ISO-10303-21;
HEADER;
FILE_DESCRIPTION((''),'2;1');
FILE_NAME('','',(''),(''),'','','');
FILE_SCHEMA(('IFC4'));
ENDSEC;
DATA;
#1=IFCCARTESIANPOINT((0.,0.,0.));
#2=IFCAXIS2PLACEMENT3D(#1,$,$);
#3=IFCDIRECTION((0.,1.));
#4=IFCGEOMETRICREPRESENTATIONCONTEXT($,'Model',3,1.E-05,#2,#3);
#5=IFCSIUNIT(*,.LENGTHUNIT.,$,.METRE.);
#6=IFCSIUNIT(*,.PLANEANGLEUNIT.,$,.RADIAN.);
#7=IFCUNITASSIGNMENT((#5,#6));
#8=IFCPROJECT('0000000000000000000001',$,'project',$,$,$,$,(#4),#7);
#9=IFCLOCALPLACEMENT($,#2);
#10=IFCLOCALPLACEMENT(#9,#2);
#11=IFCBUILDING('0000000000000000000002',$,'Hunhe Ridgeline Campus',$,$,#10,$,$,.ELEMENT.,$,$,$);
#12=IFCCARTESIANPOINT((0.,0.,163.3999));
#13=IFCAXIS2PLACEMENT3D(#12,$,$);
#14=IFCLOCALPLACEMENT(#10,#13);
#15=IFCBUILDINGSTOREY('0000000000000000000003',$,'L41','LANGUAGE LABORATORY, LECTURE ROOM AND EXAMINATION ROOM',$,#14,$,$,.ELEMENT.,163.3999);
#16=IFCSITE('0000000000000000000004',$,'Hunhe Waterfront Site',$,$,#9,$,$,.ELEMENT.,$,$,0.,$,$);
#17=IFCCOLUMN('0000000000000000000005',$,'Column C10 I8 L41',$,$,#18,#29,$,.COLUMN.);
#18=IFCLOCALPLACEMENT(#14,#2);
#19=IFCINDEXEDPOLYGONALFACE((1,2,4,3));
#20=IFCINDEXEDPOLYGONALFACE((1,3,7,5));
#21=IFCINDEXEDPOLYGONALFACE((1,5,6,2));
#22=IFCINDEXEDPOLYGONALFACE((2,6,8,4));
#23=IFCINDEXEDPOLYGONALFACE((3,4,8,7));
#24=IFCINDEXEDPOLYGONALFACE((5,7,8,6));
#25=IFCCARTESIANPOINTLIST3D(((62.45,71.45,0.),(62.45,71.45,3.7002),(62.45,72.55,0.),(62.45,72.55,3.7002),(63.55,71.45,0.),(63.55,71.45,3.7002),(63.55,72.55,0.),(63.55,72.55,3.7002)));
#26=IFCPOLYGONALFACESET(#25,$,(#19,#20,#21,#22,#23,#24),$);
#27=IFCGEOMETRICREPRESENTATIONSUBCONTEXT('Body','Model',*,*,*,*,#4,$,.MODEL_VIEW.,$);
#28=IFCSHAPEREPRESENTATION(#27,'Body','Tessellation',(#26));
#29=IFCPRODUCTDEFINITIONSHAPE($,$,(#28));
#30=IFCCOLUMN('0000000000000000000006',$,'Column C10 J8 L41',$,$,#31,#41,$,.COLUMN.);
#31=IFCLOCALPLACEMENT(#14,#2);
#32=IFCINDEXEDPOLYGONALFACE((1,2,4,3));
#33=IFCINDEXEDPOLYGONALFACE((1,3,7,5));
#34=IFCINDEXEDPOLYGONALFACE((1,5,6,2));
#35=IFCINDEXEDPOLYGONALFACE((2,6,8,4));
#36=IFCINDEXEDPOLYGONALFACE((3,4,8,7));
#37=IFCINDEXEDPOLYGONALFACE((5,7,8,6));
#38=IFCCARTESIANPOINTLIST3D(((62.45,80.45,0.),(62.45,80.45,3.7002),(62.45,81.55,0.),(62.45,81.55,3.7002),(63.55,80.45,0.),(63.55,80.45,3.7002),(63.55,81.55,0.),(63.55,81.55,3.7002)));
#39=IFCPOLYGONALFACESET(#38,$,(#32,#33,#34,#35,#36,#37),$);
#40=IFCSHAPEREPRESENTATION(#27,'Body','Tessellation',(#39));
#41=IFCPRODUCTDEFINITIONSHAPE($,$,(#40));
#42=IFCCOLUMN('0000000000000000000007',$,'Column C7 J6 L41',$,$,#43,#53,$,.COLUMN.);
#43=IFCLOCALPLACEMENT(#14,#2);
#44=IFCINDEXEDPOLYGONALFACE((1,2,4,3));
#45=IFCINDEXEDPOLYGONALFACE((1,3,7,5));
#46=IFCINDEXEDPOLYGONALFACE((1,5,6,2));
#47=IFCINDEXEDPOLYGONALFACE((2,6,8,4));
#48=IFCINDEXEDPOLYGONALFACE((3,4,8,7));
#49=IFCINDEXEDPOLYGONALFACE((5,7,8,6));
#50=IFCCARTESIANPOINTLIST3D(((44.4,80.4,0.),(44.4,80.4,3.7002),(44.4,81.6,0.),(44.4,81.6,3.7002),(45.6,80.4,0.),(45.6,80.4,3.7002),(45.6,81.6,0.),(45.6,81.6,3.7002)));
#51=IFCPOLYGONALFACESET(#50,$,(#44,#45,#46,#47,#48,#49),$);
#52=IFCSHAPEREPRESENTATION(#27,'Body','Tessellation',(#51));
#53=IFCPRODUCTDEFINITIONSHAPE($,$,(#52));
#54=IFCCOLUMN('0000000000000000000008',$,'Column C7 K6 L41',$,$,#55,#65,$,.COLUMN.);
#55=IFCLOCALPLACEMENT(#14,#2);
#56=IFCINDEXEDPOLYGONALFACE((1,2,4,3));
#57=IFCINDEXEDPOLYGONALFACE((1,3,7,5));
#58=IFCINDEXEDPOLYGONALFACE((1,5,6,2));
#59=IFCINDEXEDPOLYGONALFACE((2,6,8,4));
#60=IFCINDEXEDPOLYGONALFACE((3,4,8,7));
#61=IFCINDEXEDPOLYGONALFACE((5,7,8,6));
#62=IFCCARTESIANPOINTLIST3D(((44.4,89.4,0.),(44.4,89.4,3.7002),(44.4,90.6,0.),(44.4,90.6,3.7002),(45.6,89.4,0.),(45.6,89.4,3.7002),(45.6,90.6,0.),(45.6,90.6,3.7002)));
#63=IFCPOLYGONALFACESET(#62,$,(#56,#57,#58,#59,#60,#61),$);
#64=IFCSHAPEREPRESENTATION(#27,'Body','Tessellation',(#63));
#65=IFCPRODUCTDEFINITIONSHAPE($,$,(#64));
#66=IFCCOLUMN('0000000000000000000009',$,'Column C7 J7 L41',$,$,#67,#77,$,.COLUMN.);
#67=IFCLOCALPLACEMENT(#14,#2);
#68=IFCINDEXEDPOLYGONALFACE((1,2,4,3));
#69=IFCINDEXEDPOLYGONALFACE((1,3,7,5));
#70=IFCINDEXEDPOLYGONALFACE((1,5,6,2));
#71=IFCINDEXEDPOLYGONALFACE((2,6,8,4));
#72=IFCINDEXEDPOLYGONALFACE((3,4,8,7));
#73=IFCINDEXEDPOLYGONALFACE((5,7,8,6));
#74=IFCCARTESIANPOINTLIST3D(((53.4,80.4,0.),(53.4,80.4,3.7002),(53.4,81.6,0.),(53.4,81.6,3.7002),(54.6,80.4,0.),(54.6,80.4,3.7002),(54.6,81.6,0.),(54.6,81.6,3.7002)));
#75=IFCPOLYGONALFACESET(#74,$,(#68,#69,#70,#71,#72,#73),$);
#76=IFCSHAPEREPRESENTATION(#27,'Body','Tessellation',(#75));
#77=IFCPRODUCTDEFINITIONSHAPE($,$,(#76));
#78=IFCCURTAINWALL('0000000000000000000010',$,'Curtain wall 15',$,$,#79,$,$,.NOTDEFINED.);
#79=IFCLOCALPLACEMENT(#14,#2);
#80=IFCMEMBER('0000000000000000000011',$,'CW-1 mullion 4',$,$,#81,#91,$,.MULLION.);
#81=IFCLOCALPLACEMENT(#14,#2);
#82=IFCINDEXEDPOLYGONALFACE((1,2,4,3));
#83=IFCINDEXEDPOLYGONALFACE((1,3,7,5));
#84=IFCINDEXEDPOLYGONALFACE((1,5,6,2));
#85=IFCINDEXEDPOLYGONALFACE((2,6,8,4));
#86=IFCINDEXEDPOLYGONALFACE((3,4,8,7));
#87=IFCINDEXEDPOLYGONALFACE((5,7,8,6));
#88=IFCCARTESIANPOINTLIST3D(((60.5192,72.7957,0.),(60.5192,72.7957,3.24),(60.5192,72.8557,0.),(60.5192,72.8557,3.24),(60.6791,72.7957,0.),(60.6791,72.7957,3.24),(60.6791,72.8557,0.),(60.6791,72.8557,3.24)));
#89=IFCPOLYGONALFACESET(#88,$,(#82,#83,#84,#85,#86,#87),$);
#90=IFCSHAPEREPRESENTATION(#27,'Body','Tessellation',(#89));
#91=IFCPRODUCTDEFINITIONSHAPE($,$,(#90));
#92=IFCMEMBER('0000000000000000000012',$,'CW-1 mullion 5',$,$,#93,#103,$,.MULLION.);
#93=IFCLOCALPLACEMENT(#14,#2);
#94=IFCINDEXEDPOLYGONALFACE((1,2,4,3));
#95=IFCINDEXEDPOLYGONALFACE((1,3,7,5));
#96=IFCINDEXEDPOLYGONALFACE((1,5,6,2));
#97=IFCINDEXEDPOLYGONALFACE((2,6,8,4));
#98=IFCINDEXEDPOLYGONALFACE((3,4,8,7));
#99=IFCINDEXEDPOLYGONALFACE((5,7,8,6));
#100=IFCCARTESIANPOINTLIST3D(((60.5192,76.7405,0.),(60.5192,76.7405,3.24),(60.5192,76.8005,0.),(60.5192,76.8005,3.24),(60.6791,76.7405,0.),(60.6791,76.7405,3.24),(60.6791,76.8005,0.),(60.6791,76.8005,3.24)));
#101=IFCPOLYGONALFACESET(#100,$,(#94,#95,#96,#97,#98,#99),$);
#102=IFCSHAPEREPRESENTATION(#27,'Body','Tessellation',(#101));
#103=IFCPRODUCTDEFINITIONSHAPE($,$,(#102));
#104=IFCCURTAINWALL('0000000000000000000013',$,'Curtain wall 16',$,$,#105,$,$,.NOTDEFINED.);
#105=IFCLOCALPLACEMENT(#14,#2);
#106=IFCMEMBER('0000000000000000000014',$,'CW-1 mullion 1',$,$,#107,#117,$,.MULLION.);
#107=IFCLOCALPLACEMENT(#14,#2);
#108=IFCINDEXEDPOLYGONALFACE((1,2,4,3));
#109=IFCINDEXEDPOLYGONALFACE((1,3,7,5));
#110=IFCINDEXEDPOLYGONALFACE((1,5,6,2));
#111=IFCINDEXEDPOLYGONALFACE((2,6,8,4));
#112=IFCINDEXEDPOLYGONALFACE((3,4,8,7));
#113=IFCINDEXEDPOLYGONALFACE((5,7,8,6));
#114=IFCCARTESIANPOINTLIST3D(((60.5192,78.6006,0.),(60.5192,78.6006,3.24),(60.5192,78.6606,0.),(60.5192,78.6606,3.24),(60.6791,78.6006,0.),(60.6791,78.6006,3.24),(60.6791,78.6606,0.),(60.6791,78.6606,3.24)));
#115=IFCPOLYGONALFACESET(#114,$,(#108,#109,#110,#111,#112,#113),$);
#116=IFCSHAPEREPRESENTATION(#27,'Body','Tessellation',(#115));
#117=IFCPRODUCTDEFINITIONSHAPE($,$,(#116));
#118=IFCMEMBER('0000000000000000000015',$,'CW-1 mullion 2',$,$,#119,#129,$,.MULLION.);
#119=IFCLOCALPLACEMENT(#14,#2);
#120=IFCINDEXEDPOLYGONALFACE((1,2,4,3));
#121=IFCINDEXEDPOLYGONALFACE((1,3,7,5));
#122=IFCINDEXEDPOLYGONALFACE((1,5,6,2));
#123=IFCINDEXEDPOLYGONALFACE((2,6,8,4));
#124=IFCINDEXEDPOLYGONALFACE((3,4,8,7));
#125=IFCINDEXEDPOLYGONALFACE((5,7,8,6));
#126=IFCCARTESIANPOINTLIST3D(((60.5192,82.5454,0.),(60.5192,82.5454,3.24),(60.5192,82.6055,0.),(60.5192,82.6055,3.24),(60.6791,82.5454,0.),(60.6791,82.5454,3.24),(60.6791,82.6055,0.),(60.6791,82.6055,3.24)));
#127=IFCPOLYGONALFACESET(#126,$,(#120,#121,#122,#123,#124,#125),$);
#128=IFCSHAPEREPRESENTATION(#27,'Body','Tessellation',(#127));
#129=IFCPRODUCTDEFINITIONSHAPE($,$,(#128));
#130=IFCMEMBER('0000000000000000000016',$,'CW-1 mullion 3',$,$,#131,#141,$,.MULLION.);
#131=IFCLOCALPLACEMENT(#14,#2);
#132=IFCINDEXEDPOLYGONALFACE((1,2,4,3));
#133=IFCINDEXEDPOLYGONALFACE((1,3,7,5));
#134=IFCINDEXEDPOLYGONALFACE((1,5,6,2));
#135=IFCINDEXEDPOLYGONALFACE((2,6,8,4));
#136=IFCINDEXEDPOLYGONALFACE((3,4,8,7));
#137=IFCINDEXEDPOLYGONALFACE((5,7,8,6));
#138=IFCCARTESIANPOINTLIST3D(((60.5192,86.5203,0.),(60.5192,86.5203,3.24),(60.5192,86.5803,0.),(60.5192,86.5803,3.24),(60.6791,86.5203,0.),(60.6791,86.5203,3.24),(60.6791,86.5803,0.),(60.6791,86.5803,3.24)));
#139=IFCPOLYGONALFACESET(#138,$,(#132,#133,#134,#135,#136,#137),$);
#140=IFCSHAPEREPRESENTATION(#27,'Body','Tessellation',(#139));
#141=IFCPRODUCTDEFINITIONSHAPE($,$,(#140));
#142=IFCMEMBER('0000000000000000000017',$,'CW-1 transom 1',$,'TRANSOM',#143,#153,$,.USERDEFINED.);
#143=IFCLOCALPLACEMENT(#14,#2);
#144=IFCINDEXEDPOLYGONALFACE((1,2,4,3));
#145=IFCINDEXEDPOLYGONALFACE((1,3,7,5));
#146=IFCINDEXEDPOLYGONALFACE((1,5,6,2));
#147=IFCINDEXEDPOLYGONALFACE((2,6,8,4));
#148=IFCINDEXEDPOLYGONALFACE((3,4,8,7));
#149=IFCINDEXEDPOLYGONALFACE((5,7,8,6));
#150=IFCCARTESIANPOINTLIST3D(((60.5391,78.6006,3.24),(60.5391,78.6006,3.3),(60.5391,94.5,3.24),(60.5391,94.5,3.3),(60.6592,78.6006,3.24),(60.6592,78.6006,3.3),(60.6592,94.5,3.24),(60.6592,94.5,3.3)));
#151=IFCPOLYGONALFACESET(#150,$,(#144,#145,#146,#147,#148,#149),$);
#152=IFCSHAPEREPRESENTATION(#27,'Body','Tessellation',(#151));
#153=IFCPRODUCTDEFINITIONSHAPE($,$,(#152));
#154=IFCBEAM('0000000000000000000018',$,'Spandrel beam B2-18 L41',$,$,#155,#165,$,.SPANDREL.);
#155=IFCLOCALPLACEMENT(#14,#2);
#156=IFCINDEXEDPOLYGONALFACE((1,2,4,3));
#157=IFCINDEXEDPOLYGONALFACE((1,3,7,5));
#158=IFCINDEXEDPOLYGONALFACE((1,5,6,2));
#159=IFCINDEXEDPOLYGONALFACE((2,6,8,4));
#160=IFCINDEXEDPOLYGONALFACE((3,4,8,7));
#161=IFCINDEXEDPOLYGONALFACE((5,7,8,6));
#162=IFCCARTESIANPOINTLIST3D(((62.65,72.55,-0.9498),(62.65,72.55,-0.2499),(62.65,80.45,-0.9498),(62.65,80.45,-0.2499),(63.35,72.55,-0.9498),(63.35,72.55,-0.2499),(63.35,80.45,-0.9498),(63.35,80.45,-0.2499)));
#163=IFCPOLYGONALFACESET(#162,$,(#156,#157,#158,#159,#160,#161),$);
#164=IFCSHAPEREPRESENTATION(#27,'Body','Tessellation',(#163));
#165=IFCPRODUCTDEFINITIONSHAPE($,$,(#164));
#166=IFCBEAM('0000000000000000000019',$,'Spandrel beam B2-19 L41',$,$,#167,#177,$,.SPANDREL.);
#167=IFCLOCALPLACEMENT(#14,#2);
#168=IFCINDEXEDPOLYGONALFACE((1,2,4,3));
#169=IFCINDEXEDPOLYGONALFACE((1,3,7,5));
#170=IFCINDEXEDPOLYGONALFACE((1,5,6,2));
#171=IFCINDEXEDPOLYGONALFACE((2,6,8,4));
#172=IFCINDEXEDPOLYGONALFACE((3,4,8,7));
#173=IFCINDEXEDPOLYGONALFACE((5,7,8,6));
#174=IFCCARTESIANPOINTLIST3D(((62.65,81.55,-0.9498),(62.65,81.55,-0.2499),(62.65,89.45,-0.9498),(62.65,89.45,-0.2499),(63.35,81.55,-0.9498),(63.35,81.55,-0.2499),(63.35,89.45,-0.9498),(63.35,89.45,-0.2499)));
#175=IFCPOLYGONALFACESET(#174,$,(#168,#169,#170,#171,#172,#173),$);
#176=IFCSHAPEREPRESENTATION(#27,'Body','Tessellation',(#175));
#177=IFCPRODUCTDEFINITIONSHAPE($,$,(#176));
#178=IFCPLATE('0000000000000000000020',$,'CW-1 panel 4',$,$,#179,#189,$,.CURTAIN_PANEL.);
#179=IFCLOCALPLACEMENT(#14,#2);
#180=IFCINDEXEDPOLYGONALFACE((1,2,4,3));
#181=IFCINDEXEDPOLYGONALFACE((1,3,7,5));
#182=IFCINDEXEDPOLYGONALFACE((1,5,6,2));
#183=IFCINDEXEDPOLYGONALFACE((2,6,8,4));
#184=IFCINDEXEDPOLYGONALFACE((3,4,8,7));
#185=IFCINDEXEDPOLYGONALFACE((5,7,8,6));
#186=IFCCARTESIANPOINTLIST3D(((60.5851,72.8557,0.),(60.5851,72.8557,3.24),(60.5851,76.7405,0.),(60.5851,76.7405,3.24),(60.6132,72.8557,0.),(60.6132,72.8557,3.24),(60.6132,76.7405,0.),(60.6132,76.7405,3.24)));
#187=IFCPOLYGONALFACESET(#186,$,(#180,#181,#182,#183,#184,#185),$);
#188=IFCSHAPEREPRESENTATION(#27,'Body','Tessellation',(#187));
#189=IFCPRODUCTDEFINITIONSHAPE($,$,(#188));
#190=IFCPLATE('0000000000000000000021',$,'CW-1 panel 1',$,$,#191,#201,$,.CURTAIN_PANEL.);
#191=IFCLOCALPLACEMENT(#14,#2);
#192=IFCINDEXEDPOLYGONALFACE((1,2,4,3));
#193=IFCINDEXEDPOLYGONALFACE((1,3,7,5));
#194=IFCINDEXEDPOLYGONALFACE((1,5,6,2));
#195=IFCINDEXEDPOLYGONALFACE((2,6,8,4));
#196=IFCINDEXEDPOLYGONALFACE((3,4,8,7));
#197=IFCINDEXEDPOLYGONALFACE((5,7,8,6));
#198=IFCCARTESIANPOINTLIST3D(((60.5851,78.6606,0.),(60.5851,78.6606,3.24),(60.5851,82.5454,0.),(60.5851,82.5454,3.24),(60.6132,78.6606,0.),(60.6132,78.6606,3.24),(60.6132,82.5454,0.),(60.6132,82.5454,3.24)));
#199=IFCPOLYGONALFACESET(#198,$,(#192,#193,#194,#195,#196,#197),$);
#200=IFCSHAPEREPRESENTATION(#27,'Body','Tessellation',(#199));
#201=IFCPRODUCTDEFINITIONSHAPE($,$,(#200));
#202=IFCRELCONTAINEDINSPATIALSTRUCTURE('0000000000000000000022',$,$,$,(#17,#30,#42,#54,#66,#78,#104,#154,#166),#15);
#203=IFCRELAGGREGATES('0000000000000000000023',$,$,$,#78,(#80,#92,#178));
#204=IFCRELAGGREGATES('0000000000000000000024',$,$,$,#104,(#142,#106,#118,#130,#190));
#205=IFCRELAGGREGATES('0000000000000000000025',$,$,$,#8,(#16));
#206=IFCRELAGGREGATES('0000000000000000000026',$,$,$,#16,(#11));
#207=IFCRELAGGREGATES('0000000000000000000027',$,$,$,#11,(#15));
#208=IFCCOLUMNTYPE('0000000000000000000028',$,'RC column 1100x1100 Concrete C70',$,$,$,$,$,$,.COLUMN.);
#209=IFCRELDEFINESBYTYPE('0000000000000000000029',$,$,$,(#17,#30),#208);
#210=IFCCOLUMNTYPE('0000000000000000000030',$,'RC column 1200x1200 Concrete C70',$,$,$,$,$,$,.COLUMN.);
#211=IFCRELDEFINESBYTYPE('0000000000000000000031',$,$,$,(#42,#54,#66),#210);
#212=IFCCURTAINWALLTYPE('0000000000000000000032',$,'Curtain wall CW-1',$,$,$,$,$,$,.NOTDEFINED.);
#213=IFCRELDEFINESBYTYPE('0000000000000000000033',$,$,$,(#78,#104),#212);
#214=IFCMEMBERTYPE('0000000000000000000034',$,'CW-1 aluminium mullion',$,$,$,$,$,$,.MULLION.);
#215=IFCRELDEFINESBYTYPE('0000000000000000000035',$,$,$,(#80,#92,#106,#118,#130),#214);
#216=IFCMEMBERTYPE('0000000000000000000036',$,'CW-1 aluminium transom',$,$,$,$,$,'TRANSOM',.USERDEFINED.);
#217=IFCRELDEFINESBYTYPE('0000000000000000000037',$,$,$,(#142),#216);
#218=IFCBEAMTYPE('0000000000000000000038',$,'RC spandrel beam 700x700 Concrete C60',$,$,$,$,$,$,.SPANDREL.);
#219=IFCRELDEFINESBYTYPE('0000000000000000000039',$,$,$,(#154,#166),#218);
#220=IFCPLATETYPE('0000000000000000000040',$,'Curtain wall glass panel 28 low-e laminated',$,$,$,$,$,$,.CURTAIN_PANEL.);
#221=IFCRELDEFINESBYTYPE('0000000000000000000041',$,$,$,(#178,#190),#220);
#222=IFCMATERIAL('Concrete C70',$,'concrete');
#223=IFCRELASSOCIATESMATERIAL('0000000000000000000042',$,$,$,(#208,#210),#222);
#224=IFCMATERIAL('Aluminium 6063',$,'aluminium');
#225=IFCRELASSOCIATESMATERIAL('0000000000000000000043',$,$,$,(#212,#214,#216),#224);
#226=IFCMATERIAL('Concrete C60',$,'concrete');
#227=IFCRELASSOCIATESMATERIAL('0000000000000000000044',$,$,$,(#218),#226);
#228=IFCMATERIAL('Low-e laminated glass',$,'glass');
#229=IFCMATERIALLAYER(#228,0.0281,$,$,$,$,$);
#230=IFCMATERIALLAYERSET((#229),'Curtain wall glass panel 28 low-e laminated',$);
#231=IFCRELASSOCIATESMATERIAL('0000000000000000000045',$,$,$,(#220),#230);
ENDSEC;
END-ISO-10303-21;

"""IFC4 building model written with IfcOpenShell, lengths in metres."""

from ifc_helpers import new_model, si_unit, direction, frame, origin, origin_2d, place, context, subcontext, project, spatial, rectangle, extrude, material, layer, layer_set, material_profile, profile_set, type_object, element, aggregate, save


model = new_model("IFC4")

# Units and contexts
model_context = context("Model", 3, precision=1e-05, world=origin(), true_north=direction((0.0, 1.0)))
body_context = subcontext(model_context, "Body", "Model", "MODEL_VIEW")
ifc_project = project(units=[si_unit("LENGTHUNIT", "METRE"), si_unit("PLANEANGLEUNIT", "RADIAN")], contexts=[model_context])

# Site, building, storey
site_placement = place(None, origin())
site = spatial("IfcSite", under=ifc_project, at=site_placement, Name="Hunhe Waterfront Site", CompositionType="ELEMENT", RefElevation=0.0)
building_placement = place(site_placement, origin())
building = spatial("IfcBuilding", under=site, at=building_placement, Name="Hunhe Ridgeline Campus", CompositionType="ELEMENT")
storey_placement = place(building_placement, frame((0.0, 0.0, 163.3999)))
storey = spatial("IfcBuildingStorey", under=building, at=storey_placement, Name="L41", Description="LANGUAGE LABORATORY, LECTURE ROOM AND EXAMINATION ROOM", CompositionType="ELEMENT", Elevation=163.3999)

# Columns
ifc_material_1 = material(Name="Concrete C70", Category="concrete")
ifc_material_profile_1 = material_profile(ifc_material_1, rectangle(XDim=1.1001, YDim=1.1001, at=origin_2d()))
ifc_profile_set_1 = profile_set([ifc_material_profile_1], Name="Concrete C70")
column_type_1 = type_object("IfcColumnType", Name="RC column 1100x1100 Concrete C70", PredefinedType="COLUMN", material=ifc_profile_set_1)
for number, where, z_axis, x_axis, name in (
    (1, (63.0, 72.0, 0.0), (0.0, 0.0, 1.0), (1.0, 0.0, 0.0), "Column C10 I8 L41"),
    (2, (63.0, 81.0, 0.0), (0.0, 0.0, 1.0), (1.0, 0.0, 0.0), "Column C10 J8 L41"),
):
    element("IfcColumn", number, at=place(storey_placement, frame(where, z_axis=z_axis, x_axis=x_axis)), inside=storey, type_object=column_type_1, Name=name, PredefinedType="COLUMN", context=body_context, shape_type="SweptSolid", body=[
        extrude(rectangle(XDim=1.1001, YDim=1.1001, at=origin_2d()), origin(), (0.0, 0.0, 1.0), 3.7002),
    ])
ifc_material_profile_2 = material_profile(ifc_material_1, rectangle(XDim=1.2, YDim=1.2, at=origin_2d()))
ifc_profile_set_2 = profile_set([ifc_material_profile_2], Name="Concrete C70")
column_type_2 = type_object("IfcColumnType", Name="RC column 1200x1200 Concrete C70", PredefinedType="COLUMN", material=ifc_profile_set_2)
for number, where, z_axis, x_axis, name in (
    (3, (45.0, 81.0, 0.0), (0.0, 0.0, 1.0), (1.0, 0.0, 0.0), "Column C7 J6 L41"),
    (4, (45.0, 90.0, 0.0), (0.0, 0.0, 1.0), (1.0, 0.0, 0.0), "Column C7 K6 L41"),
    (5, (54.0, 81.0, 0.0), (0.0, 0.0, 1.0), (1.0, 0.0, 0.0), "Column C7 J7 L41"),
):
    element("IfcColumn", number, at=place(storey_placement, frame(where, z_axis=z_axis, x_axis=x_axis)), inside=storey, type_object=column_type_2, Name=name, PredefinedType="COLUMN", context=body_context, shape_type="SweptSolid", body=[
        extrude(rectangle(XDim=1.2, YDim=1.2, at=origin_2d()), origin(), (0.0, 0.0, 1.0), 3.7002),
    ])

# Curtain walls, members
ifc_material_2 = material(Name="Aluminium 6063", Category="aluminium")
curtain_wall_type = type_object("IfcCurtainWallType", Name="Curtain wall CW-1", PredefinedType="NOTDEFINED", material=ifc_material_2)
curtain_wall_1_placement = place(storey_placement, origin())
curtain_wall_1 = element("IfcCurtainWall", 6, at=curtain_wall_1_placement, inside=storey, type_object=curtain_wall_type, Name="Curtain wall 15", PredefinedType="NOTDEFINED")
ifc_material_profile_3 = material_profile(ifc_material_2, rectangle(XDim=0.1599, YDim=0.0601, at=origin_2d()))
ifc_profile_set_3 = profile_set([ifc_material_profile_3], Name="Aluminium 6063")
member_type_1 = type_object("IfcMemberType", Name="CW-1 aluminium mullion", PredefinedType="MULLION", material=ifc_profile_set_3)
member_1_placement = place(storey_placement, frame((60.5991, 72.8257, 0.0), z_axis=(0.0, 0.0, 1.0), x_axis=(-1.0, 0.0, 0.0)))
member_1 = element("IfcMember", 7, at=member_1_placement, type_object=member_type_1, Name="CW-1 mullion 4", PredefinedType="MULLION", context=body_context, shape_type="SweptSolid", body=[
    extrude(rectangle(XDim=0.1599, YDim=0.0601, at=origin_2d()), origin(), (0.0, 0.0, 1.0), 3.24),
])
member_2_placement = place(storey_placement, frame((60.5991, 76.7705, 0.0), z_axis=(0.0, 0.0, 1.0), x_axis=(-1.0, 0.0, 0.0)))
member_2 = element("IfcMember", 8, at=member_2_placement, type_object=member_type_1, Name="CW-1 mullion 5", PredefinedType="MULLION", context=body_context, shape_type="SweptSolid", body=[
    extrude(rectangle(XDim=0.1599, YDim=0.0601, at=origin_2d()), origin(), (0.0, 0.0, 1.0), 3.24),
])
curtain_wall_2_placement = place(storey_placement, origin())
curtain_wall_2 = element("IfcCurtainWall", 9, at=curtain_wall_2_placement, inside=storey, type_object=curtain_wall_type, Name="Curtain wall 16", PredefinedType="NOTDEFINED")
member_3_placement = place(storey_placement, frame((60.5991, 78.6306, 0.0), z_axis=(0.0, 0.0, 1.0), x_axis=(-1.0, 0.0, 0.0)))
member_3 = element("IfcMember", 10, at=member_3_placement, type_object=member_type_1, Name="CW-1 mullion 1", PredefinedType="MULLION", context=body_context, shape_type="SweptSolid", body=[
    extrude(rectangle(XDim=0.1599, YDim=0.0601, at=origin_2d()), origin(), (0.0, 0.0, 1.0), 3.24),
])
member_4_placement = place(storey_placement, frame((60.5991, 82.5754, 0.0), z_axis=(0.0, 0.0, 1.0), x_axis=(-1.0, 0.0, 0.0)))
member_4 = element("IfcMember", 11, at=member_4_placement, type_object=member_type_1, Name="CW-1 mullion 2", PredefinedType="MULLION", context=body_context, shape_type="SweptSolid", body=[
    extrude(rectangle(XDim=0.1599, YDim=0.0601, at=origin_2d()), origin(), (0.0, 0.0, 1.0), 3.24),
])
member_5_placement = place(storey_placement, frame((60.5991, 86.5503, 0.0), z_axis=(0.0, 0.0, 1.0), x_axis=(-1.0, 0.0, 0.0)))
member_5 = element("IfcMember", 12, at=member_5_placement, type_object=member_type_1, Name="CW-1 mullion 3", PredefinedType="MULLION", context=body_context, shape_type="SweptSolid", body=[
    extrude(rectangle(XDim=0.1599, YDim=0.0601, at=origin_2d()), origin(), (0.0, 0.0, 1.0), 3.24),
])
ifc_material_profile_4 = material_profile(ifc_material_2, rectangle(XDim=0.1201, YDim=0.0601, at=origin_2d()))
ifc_profile_set_4 = profile_set([ifc_material_profile_4], Name="Aluminium 6063")
member_type_2 = type_object("IfcMemberType", Name="CW-1 aluminium transom", ElementType="TRANSOM", PredefinedType="USERDEFINED", material=ifc_profile_set_4)
member_6_placement = place(storey_placement, frame((60.5991, 78.6006, 3.27), z_axis=(0.0, 1.0, 0.0), x_axis=(-1.0, 0.0, 0.0)))
member_6 = element("IfcMember", 13, at=member_6_placement, type_object=member_type_2, Name="CW-1 transom 1", ObjectType="TRANSOM", PredefinedType="USERDEFINED", context=body_context, shape_type="SweptSolid", body=[
    extrude(rectangle(XDim=0.1201, YDim=0.0601, at=origin_2d()), origin(), (0.0, 0.0, 1.0), 15.8994),
])

# Beams
ifc_material_3 = material(Name="Concrete C60", Category="concrete")
ifc_material_profile_5 = material_profile(ifc_material_3, rectangle(XDim=0.7, YDim=0.7, at=origin_2d()))
ifc_profile_set_5 = profile_set([ifc_material_profile_5], Name="Concrete C60")
beam_type = type_object("IfcBeamType", Name="RC spandrel beam 700x700 Concrete C60", PredefinedType="SPANDREL", material=ifc_profile_set_5)
for number, where, z_axis, x_axis, name in (
    (14, (63.0, 72.55, -0.5999), (0.0, 1.0, 0.0), (-1.0, 0.0, 0.0), "Spandrel beam B2-18 L41"),
    (15, (63.0, 81.55, -0.5999), (0.0, 1.0, 0.0), (-1.0, 0.0, 0.0), "Spandrel beam B2-19 L41"),
):
    element("IfcBeam", number, at=place(storey_placement, frame(where, z_axis=z_axis, x_axis=x_axis)), inside=storey, type_object=beam_type, Name=name, PredefinedType="SPANDREL", context=body_context, shape_type="SweptSolid", body=[
        extrude(rectangle(XDim=0.7, YDim=0.7, at=origin_2d()), origin(), (0.0, 0.0, 1.0), 7.8999),
    ])

# Plates
ifc_material_4 = material(Name="Low-e laminated glass", Category="glass")
ifc_layer_1 = layer(ifc_material_4, 0.0281)
ifc_layer_set_1 = layer_set([ifc_layer_1], Name="Curtain wall glass panel 28 low-e laminated")
plate_type = type_object("IfcPlateType", Name="Curtain wall glass panel 28 low-e laminated", PredefinedType="CURTAIN_PANEL", material=ifc_layer_set_1)
plate_1_placement = place(storey_placement, frame((60.5991, 74.7981, 0.0), z_axis=(0.0, 0.0, 1.0), x_axis=(0.0, 1.0, 0.0)))
plate_1 = element("IfcPlate", 16, at=plate_1_placement, type_object=plate_type, Name="CW-1 panel 4", PredefinedType="CURTAIN_PANEL", context=body_context, shape_type="SweptSolid", body=[
    extrude(rectangle(XDim=3.8848, YDim=0.0281, at=origin_2d()), origin(), (0.0, 0.0, 1.0), 3.24),
])
aggregate(curtain_wall_1, [member_1, member_2, plate_1])
plate_2_placement = place(storey_placement, frame((60.5991, 80.603, 0.0), z_axis=(0.0, 0.0, 1.0), x_axis=(0.0, 1.0, 0.0)))
plate_2 = element("IfcPlate", 17, at=plate_2_placement, type_object=plate_type, Name="CW-1 panel 1", PredefinedType="CURTAIN_PANEL", context=body_context, shape_type="SweptSolid", body=[
    extrude(rectangle(XDim=3.8848, YDim=0.0281, at=origin_2d()), origin(), (0.0, 0.0, 1.0), 3.24),
])
aggregate(curtain_wall_2, [member_6, member_3, member_4, member_5, plate_2])

save(model, "model.ifc")
